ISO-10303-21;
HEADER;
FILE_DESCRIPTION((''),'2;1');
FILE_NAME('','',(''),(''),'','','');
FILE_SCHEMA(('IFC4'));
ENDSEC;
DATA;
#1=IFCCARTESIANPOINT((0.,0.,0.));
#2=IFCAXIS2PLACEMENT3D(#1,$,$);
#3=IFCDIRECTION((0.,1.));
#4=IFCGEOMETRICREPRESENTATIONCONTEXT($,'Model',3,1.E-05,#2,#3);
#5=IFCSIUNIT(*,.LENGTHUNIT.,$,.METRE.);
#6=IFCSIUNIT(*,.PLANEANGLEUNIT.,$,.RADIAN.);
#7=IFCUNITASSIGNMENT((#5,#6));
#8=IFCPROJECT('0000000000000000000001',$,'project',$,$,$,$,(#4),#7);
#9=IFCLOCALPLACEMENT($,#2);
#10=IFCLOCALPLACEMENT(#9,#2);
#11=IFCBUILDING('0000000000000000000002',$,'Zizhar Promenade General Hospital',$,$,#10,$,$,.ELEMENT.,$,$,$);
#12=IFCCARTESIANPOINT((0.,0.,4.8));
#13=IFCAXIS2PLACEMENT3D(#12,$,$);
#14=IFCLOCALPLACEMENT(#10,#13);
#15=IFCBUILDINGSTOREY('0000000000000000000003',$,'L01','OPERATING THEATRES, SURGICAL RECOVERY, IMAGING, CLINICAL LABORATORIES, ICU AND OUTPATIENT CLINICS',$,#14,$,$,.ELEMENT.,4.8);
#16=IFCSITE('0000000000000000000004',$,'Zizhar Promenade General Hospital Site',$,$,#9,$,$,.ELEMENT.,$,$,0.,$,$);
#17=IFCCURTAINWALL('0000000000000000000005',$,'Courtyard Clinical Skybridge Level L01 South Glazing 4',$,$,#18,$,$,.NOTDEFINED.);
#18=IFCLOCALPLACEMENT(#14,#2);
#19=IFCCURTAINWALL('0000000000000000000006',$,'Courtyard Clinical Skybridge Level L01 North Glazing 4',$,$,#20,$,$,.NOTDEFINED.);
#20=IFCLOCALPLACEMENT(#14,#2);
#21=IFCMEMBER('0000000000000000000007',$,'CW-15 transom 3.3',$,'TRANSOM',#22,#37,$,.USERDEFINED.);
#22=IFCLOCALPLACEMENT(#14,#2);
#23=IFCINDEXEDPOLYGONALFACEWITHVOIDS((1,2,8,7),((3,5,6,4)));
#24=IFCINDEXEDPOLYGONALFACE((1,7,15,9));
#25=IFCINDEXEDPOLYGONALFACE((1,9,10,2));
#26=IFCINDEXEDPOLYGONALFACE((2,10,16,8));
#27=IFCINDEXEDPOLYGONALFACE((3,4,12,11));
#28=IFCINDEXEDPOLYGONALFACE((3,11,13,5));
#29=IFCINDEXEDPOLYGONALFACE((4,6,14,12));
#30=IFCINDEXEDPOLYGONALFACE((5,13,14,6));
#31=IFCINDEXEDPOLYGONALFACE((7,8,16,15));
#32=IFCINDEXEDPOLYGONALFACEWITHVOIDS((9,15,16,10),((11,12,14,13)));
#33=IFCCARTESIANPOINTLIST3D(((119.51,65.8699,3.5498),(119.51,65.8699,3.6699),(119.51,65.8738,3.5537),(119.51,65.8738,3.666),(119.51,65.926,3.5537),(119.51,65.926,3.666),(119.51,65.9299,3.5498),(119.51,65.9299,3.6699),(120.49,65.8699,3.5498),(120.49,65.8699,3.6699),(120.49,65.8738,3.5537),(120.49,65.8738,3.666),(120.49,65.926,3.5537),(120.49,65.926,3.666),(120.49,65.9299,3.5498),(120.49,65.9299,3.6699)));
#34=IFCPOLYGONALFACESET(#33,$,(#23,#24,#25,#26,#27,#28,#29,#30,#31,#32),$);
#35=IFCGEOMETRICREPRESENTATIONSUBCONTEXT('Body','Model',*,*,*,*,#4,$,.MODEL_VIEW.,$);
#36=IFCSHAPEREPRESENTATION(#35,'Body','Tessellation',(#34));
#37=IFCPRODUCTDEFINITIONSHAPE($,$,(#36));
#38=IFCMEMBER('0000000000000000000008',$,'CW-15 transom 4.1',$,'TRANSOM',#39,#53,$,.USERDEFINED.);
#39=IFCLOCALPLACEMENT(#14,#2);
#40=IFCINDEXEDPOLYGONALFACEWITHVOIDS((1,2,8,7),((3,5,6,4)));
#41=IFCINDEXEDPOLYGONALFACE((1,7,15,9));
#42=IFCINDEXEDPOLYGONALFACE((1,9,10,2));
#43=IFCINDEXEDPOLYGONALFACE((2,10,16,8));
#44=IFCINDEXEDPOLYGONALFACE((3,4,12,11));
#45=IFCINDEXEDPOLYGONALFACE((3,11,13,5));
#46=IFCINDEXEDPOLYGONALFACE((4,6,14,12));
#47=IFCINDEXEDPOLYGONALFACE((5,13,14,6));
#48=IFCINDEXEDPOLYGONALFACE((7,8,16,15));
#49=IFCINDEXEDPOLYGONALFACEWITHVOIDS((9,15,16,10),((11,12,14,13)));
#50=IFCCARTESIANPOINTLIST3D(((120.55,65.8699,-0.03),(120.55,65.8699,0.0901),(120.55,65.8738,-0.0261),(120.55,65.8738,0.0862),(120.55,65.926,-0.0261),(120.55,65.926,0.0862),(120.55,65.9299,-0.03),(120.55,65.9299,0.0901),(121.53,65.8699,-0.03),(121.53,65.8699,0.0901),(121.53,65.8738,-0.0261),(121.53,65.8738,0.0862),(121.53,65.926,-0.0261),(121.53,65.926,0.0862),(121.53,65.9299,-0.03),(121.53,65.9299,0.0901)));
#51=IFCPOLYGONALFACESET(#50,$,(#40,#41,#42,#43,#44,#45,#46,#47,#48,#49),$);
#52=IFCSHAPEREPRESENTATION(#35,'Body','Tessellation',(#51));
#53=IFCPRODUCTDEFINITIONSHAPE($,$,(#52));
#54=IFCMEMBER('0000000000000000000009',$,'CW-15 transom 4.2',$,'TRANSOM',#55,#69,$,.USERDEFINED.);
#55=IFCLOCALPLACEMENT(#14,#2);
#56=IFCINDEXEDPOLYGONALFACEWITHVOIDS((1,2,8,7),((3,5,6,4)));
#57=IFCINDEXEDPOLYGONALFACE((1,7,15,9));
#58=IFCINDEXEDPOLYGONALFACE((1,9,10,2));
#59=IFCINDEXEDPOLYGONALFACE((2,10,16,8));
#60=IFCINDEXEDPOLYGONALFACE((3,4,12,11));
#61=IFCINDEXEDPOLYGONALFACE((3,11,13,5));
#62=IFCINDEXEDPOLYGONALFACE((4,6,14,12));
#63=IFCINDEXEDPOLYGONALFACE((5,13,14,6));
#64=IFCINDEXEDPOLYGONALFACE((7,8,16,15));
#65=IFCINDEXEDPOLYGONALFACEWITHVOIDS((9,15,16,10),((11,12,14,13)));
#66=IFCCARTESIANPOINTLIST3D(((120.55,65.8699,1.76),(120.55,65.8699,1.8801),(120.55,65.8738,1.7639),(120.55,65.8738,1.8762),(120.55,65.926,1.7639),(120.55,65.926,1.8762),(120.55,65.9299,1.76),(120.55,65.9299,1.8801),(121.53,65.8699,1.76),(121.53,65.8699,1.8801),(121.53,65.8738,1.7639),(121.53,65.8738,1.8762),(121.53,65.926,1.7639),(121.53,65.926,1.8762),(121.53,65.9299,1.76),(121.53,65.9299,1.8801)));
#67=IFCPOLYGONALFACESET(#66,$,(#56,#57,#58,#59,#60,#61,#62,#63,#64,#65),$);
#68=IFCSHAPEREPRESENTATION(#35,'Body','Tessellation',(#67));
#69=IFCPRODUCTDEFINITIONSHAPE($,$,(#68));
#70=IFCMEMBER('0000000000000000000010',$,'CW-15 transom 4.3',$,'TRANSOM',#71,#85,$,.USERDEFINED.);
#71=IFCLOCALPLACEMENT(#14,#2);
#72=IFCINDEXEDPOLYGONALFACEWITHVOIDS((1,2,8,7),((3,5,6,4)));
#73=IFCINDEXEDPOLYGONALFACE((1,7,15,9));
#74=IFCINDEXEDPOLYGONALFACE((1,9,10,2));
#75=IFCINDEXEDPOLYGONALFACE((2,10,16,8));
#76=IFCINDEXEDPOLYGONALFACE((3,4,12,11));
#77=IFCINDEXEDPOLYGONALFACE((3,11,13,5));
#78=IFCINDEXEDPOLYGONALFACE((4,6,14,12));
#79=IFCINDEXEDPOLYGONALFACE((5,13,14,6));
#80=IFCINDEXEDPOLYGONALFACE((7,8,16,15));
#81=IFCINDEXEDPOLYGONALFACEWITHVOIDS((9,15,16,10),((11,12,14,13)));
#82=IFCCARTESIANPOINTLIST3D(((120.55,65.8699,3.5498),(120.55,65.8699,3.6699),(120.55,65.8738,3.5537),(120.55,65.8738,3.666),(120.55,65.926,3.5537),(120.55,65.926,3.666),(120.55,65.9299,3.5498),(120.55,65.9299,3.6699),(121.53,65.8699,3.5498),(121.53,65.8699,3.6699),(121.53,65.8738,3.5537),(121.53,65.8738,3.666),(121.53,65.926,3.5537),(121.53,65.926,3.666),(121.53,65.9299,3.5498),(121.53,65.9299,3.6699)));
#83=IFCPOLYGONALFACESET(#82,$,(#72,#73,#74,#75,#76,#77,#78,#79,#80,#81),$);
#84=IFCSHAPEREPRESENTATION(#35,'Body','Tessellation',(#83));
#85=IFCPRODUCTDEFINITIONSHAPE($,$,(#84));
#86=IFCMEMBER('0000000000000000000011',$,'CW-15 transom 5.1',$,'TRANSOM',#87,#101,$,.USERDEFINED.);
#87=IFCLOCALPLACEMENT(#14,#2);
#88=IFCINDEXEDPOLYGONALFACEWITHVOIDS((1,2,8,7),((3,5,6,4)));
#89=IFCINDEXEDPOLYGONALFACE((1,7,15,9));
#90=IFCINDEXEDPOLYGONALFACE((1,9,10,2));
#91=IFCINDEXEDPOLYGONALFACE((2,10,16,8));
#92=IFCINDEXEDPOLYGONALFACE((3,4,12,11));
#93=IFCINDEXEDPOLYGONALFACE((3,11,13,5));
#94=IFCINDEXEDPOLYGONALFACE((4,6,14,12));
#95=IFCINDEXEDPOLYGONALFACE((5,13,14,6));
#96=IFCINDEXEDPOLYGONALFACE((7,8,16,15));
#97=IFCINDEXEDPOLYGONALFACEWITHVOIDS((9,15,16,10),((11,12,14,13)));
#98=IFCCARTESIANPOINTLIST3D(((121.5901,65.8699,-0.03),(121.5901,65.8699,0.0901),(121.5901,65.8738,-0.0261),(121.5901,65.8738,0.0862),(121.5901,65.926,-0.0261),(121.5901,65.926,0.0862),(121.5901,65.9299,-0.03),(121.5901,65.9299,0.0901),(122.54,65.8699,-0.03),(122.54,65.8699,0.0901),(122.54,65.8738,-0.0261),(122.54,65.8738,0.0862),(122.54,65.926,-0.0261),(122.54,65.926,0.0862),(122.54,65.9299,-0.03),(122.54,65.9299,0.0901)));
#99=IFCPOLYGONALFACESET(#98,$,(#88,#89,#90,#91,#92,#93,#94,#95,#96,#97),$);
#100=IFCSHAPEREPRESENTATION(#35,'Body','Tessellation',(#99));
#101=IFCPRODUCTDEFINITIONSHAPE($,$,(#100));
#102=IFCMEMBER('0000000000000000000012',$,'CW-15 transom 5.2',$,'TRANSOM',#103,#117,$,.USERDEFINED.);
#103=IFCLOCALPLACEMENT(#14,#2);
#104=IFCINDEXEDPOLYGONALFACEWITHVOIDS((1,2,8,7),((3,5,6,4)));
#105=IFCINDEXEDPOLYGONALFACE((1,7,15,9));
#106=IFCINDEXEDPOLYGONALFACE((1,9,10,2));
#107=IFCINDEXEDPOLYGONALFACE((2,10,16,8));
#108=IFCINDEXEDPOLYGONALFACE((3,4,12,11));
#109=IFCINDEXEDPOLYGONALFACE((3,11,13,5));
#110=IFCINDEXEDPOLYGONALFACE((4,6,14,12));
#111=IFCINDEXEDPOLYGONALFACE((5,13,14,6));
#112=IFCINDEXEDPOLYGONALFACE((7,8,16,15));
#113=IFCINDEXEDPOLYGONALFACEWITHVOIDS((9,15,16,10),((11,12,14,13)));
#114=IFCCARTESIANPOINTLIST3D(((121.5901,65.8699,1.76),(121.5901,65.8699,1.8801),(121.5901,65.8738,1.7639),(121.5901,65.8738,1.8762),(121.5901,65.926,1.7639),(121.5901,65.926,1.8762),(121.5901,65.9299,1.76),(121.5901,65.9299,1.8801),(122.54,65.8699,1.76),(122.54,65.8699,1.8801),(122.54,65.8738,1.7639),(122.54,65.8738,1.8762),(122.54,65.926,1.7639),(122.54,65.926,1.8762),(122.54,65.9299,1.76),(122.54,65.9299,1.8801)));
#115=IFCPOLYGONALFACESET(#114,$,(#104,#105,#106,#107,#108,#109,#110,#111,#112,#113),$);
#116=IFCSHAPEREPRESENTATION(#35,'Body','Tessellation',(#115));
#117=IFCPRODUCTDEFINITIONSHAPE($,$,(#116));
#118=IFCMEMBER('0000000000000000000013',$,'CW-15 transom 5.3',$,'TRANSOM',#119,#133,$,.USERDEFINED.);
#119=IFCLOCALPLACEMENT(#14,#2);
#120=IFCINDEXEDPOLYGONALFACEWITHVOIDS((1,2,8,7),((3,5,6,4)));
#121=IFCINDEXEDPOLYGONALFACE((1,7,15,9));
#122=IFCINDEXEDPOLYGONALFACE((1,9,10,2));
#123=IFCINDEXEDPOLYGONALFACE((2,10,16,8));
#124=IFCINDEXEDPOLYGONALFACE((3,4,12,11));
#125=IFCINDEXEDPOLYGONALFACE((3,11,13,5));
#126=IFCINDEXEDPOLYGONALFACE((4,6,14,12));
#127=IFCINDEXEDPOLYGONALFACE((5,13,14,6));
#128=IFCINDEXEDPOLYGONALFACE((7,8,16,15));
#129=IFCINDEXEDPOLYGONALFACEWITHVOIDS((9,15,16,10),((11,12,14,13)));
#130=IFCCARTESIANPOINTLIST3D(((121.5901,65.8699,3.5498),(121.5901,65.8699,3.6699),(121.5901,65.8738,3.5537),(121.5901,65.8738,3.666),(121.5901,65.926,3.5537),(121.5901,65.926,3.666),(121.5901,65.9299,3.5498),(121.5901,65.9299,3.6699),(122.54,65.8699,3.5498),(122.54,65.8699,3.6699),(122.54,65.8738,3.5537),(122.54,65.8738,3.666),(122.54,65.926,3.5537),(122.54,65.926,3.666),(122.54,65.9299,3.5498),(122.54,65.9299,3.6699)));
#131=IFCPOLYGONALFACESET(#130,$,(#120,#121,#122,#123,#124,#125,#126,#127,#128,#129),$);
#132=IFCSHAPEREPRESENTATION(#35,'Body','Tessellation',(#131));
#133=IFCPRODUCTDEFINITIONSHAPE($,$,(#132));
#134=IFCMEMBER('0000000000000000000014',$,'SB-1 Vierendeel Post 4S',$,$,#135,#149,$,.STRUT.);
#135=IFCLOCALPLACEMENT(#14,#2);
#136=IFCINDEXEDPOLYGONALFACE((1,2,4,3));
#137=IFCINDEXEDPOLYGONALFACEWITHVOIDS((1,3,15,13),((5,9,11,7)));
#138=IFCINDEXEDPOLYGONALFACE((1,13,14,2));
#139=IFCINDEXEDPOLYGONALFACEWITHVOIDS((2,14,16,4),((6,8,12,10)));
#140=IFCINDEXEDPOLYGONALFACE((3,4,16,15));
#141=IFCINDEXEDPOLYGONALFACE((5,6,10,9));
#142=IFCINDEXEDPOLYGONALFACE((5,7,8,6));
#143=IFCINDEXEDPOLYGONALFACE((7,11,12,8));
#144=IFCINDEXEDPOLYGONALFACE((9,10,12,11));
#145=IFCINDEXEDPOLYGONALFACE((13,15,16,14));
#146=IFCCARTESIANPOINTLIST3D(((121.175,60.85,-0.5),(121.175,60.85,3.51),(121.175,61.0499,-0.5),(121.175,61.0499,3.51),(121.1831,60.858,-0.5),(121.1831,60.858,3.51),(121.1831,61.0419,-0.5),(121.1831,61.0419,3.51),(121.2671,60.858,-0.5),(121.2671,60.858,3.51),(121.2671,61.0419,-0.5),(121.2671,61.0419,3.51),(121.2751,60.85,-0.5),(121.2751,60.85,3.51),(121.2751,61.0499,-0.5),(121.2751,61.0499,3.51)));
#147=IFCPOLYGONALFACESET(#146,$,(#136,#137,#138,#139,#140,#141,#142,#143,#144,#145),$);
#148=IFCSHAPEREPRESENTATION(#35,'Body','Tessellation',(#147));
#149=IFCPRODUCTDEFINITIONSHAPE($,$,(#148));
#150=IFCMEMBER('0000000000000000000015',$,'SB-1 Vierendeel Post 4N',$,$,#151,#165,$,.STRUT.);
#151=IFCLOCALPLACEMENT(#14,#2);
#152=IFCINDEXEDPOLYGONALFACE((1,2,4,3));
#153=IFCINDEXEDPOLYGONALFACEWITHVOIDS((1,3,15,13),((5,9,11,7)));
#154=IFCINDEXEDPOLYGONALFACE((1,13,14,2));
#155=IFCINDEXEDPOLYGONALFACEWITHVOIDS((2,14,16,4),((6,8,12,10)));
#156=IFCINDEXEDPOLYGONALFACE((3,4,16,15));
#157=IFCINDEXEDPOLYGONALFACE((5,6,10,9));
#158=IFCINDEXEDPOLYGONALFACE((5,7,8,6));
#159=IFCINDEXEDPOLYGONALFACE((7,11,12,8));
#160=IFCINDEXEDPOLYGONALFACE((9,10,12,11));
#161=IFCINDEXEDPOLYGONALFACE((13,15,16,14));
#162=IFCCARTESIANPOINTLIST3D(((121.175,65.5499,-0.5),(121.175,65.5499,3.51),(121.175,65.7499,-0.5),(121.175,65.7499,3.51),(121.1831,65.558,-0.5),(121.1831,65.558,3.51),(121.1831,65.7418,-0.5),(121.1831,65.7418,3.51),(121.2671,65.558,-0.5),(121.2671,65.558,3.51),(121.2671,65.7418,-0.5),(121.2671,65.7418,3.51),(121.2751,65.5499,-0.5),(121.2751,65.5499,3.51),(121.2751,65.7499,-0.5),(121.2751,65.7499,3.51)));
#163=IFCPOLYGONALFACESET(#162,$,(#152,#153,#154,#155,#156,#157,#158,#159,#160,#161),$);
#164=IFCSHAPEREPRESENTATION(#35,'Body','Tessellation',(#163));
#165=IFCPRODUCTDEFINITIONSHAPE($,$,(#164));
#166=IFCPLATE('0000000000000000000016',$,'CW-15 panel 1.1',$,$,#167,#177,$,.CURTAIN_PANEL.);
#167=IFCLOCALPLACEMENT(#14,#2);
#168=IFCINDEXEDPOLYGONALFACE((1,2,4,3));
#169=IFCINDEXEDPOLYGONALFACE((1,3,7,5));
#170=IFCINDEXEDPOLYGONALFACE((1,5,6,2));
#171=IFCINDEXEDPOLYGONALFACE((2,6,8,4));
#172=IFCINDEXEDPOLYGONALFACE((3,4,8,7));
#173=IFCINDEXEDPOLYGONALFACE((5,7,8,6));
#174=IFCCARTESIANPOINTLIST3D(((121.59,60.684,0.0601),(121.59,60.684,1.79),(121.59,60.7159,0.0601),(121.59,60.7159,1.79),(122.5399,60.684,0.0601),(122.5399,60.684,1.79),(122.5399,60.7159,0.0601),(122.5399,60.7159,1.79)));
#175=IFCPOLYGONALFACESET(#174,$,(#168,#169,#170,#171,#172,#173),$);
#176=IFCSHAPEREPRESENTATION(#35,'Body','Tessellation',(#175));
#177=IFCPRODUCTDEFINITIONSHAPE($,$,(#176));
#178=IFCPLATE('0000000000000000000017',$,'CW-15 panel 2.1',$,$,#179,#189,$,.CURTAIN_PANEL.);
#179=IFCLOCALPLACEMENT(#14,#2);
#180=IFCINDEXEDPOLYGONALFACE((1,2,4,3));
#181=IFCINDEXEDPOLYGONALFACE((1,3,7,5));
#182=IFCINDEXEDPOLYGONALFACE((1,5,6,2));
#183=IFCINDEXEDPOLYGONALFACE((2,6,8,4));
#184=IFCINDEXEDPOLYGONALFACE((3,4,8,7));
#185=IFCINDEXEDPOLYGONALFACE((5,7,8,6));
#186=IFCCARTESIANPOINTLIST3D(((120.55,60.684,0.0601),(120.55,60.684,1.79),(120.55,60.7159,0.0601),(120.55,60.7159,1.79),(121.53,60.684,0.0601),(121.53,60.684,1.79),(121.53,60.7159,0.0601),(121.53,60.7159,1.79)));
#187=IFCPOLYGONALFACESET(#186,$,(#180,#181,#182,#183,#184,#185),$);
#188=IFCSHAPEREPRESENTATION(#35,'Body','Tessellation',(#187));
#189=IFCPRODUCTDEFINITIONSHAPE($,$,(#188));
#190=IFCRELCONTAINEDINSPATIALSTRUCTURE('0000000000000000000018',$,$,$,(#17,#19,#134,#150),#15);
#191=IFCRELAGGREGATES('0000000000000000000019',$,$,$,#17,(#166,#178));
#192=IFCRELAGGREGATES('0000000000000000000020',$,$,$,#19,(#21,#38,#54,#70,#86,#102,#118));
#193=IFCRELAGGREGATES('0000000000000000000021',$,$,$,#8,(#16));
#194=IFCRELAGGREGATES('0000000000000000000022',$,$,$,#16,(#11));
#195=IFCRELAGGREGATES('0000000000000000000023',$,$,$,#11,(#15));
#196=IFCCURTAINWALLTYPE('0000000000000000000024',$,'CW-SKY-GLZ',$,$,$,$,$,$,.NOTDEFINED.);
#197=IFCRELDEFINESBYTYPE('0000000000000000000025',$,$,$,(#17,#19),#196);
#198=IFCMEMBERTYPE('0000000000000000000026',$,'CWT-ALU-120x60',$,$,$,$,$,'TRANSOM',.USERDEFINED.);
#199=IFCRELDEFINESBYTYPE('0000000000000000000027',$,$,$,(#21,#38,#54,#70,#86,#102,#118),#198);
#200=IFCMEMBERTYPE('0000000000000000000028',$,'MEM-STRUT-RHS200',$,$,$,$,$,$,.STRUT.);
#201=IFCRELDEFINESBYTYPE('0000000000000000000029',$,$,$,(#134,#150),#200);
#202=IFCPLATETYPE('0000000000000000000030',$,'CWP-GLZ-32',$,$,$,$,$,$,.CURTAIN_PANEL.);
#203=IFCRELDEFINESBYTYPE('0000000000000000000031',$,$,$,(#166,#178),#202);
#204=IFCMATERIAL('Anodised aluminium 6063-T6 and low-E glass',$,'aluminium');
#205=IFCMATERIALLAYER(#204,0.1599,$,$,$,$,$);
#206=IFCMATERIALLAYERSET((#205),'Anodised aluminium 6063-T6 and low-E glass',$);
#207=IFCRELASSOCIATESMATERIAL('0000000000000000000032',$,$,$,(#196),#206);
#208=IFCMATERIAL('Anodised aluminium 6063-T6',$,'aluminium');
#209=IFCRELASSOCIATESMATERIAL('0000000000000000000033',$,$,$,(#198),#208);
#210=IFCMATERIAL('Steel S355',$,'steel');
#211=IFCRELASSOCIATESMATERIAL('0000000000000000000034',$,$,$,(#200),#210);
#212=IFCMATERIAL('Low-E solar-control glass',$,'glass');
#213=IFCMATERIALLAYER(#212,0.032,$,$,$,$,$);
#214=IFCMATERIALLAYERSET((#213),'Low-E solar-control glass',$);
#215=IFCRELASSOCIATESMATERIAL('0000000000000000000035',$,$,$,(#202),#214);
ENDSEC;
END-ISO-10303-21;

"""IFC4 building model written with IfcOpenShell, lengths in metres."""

from ifc_helpers import new_model, si_unit, direction, frame, origin, origin_2d, place, context, subcontext, project, spatial, rectangle, hollow_rectangle, extrude, material, layer, layer_set, material_profile, profile_set, type_object, element, aggregate, save


model = new_model("IFC4")

# Units and contexts
model_context = context("Model", 3, precision=1e-05, world=origin(), true_north=direction((0.0, 1.0)))
body_context = subcontext(model_context, "Body", "Model", "MODEL_VIEW")
ifc_project = project(units=[si_unit("LENGTHUNIT", "METRE"), si_unit("PLANEANGLEUNIT", "RADIAN")], contexts=[model_context])

# Site, building, storey
site_placement = place(None, origin())
site = spatial("IfcSite", under=ifc_project, at=site_placement, Name="Zizhar Promenade General Hospital Site", CompositionType="ELEMENT", RefElevation=0.0)
building_placement = place(site_placement, origin())
building = spatial("IfcBuilding", under=site, at=building_placement, Name="Zizhar Promenade General Hospital", CompositionType="ELEMENT")
storey_placement = place(building_placement, frame((0.0, 0.0, 4.8)))
storey = spatial("IfcBuildingStorey", under=building, at=storey_placement, Name="L01", Description="OPERATING THEATRES, SURGICAL RECOVERY, IMAGING, CLINICAL LABORATORIES, ICU AND OUTPATIENT CLINICS", CompositionType="ELEMENT", Elevation=4.8)

# Curtain walls
ifc_material_1 = material(Name="Anodised aluminium 6063-T6 and low-E glass", Category="aluminium")
ifc_layer_1 = layer(ifc_material_1, 0.1599)
ifc_layer_set_1 = layer_set([ifc_layer_1], Name="Anodised aluminium 6063-T6 and low-E glass")
curtain_wall_type = type_object("IfcCurtainWallType", Name="CW-SKY-GLZ", PredefinedType="NOTDEFINED", material=ifc_layer_set_1)
curtain_wall_1_placement = place(storey_placement, origin())
curtain_wall_1 = element("IfcCurtainWall", 1, at=curtain_wall_1_placement, inside=storey, type_object=curtain_wall_type, Name="Courtyard Clinical Skybridge Level L01 South Glazing 4", PredefinedType="NOTDEFINED")
curtain_wall_2_placement = place(storey_placement, origin())
curtain_wall_2 = element("IfcCurtainWall", 2, at=curtain_wall_2_placement, inside=storey, type_object=curtain_wall_type, Name="Courtyard Clinical Skybridge Level L01 North Glazing 4", PredefinedType="NOTDEFINED")

# Members
ifc_material_2 = material(Name="Anodised aluminium 6063-T6", Category="aluminium")
ifc_material_profile_1 = material_profile(ifc_material_2, hollow_rectangle(XDim=0.0601, YDim=0.1201, WallThickness=0.0039, at=origin_2d()))
ifc_profile_set_1 = profile_set([ifc_material_profile_1], Name="Anodised aluminium 6063-T6")
member_type_1 = type_object("IfcMemberType", Name="CWT-ALU-120x60", ElementType="TRANSOM", PredefinedType="USERDEFINED", material=ifc_profile_set_1)
member_1_placement = place(storey_placement, frame((119.51, 65.8999, 3.6099), z_axis=(1.0, 0.0, 0.0), x_axis=(0.0, 1.0, 0.0)))
member_1 = element("IfcMember", 3, at=member_1_placement, type_object=member_type_1, Name="CW-15 transom 3.3", ObjectType="TRANSOM", PredefinedType="USERDEFINED", context=body_context, shape_type="SweptSolid", body=[
    extrude(hollow_rectangle(XDim=0.0601, YDim=0.1201, WallThickness=0.0039, at=origin_2d()), origin(), (0.0, 0.0, 1.0), 0.98),
])
member_2_placement = place(storey_placement, frame((120.55, 65.8999, 0.03), z_axis=(1.0, 0.0, 0.0), x_axis=(0.0, 1.0, 0.0)))
member_2 = element("IfcMember", 4, at=member_2_placement, type_object=member_type_1, Name="CW-15 transom 4.1", ObjectType="TRANSOM", PredefinedType="USERDEFINED", context=body_context, shape_type="SweptSolid", body=[
    extrude(hollow_rectangle(XDim=0.0601, YDim=0.1201, WallThickness=0.0039, at=origin_2d()), origin(), (0.0, 0.0, 1.0), 0.98),
])
member_3_placement = place(storey_placement, frame((120.55, 65.8999, 1.8201), z_axis=(1.0, 0.0, 0.0), x_axis=(0.0, 1.0, 0.0)))
member_3 = element("IfcMember", 5, at=member_3_placement, type_object=member_type_1, Name="CW-15 transom 4.2", ObjectType="TRANSOM", PredefinedType="USERDEFINED", context=body_context, shape_type="SweptSolid", body=[
    extrude(hollow_rectangle(XDim=0.0601, YDim=0.1201, WallThickness=0.0039, at=origin_2d()), origin(), (0.0, 0.0, 1.0), 0.98),
])
member_4_placement = place(storey_placement, frame((120.55, 65.8999, 3.6099), z_axis=(1.0, 0.0, 0.0), x_axis=(0.0, 1.0, 0.0)))
member_4 = element("IfcMember", 6, at=member_4_placement, type_object=member_type_1, Name="CW-15 transom 4.3", ObjectType="TRANSOM", PredefinedType="USERDEFINED", context=body_context, shape_type="SweptSolid", body=[
    extrude(hollow_rectangle(XDim=0.0601, YDim=0.1201, WallThickness=0.0039, at=origin_2d()), origin(), (0.0, 0.0, 1.0), 0.98),
])
member_5_placement = place(storey_placement, frame((121.5901, 65.8999, 0.03), z_axis=(1.0, 0.0, 0.0), x_axis=(0.0, 1.0, 0.0)))
member_5 = element("IfcMember", 7, at=member_5_placement, type_object=member_type_1, Name="CW-15 transom 5.1", ObjectType="TRANSOM", PredefinedType="USERDEFINED", context=body_context, shape_type="SweptSolid", body=[
    extrude(hollow_rectangle(XDim=0.0601, YDim=0.1201, WallThickness=0.0039, at=origin_2d()), origin(), (0.0, 0.0, 1.0), 0.95),
])
member_6_placement = place(storey_placement, frame((121.5901, 65.8999, 1.8201), z_axis=(1.0, 0.0, 0.0), x_axis=(0.0, 1.0, 0.0)))
member_6 = element("IfcMember", 8, at=member_6_placement, type_object=member_type_1, Name="CW-15 transom 5.2", ObjectType="TRANSOM", PredefinedType="USERDEFINED", context=body_context, shape_type="SweptSolid", body=[
    extrude(hollow_rectangle(XDim=0.0601, YDim=0.1201, WallThickness=0.0039, at=origin_2d()), origin(), (0.0, 0.0, 1.0), 0.95),
])
member_7_placement = place(storey_placement, frame((121.5901, 65.8999, 3.6099), z_axis=(1.0, 0.0, 0.0), x_axis=(0.0, 1.0, 0.0)))
member_7 = element("IfcMember", 9, at=member_7_placement, type_object=member_type_1, Name="CW-15 transom 5.3", ObjectType="TRANSOM", PredefinedType="USERDEFINED", context=body_context, shape_type="SweptSolid", body=[
    extrude(hollow_rectangle(XDim=0.0601, YDim=0.1201, WallThickness=0.0039, at=origin_2d()), origin(), (0.0, 0.0, 1.0), 0.95),
])

# Members
ifc_material_3 = material(Name="Steel S355", Category="steel")
ifc_material_profile_2 = material_profile(ifc_material_3, hollow_rectangle(XDim=0.1001, YDim=0.2, WallThickness=0.0081, at=origin_2d()))
ifc_profile_set_2 = profile_set([ifc_material_profile_2], Name="Steel S355")
member_type_2 = type_object("IfcMemberType", Name="MEM-STRUT-RHS200", PredefinedType="STRUT", material=ifc_profile_set_2)
for number, where, z_axis, x_axis, name in (
    (10, (121.2251, 60.95, -0.5), (0.0, 0.0, 1.0), (1.0, 0.0, 0.0), "SB-1 Vierendeel Post 4S"),
    (11, (121.2251, 65.6499, -0.5), (0.0, 0.0, 1.0), (1.0, 0.0, 0.0), "SB-1 Vierendeel Post 4N"),
):
    element("IfcMember", number, at=place(storey_placement, frame(where, z_axis=z_axis, x_axis=x_axis)), inside=storey, type_object=member_type_2, Name=name, PredefinedType="STRUT", context=body_context, shape_type="SweptSolid", body=[
        extrude(hollow_rectangle(XDim=0.1001, YDim=0.2, WallThickness=0.0081, at=origin_2d()), origin(), (0.0, 0.0, 1.0), 4.01),
    ])

# Plates
ifc_material_4 = material(Name="Low-E solar-control glass", Category="glass")
ifc_layer_2 = layer(ifc_material_4, 0.032)
ifc_layer_set_2 = layer_set([ifc_layer_2], Name="Low-E solar-control glass")
plate_type = type_object("IfcPlateType", Name="CWP-GLZ-32", PredefinedType="CURTAIN_PANEL", material=ifc_layer_set_2)
plate_1_placement = place(storey_placement, frame((122.0649, 60.7, 0.0601), z_axis=(0.0, 0.0, 1.0), x_axis=(-1.0, 0.0, 0.0)))
plate_1 = element("IfcPlate", 12, at=plate_1_placement, type_object=plate_type, Name="CW-15 panel 1.1", PredefinedType="CURTAIN_PANEL", context=body_context, shape_type="SweptSolid", body=[
    extrude(rectangle(XDim=0.95, YDim=0.032, at=origin_2d()), origin(), (0.0, 0.0, 1.0), 1.73),
])
plate_2_placement = place(storey_placement, frame((121.04, 60.7, 0.0601), z_axis=(0.0, 0.0, 1.0), x_axis=(-1.0, 0.0, 0.0)))
plate_2 = element("IfcPlate", 13, at=plate_2_placement, type_object=plate_type, Name="CW-15 panel 2.1", PredefinedType="CURTAIN_PANEL", context=body_context, shape_type="SweptSolid", body=[
    extrude(rectangle(XDim=0.98, YDim=0.032, at=origin_2d()), origin(), (0.0, 0.0, 1.0), 1.73),
])
aggregate(curtain_wall_1, [plate_1, plate_2])
aggregate(curtain_wall_2, [member_1, member_2, member_3, member_4, member_5, member_6, member_7])

save(model, "model.ifc")
